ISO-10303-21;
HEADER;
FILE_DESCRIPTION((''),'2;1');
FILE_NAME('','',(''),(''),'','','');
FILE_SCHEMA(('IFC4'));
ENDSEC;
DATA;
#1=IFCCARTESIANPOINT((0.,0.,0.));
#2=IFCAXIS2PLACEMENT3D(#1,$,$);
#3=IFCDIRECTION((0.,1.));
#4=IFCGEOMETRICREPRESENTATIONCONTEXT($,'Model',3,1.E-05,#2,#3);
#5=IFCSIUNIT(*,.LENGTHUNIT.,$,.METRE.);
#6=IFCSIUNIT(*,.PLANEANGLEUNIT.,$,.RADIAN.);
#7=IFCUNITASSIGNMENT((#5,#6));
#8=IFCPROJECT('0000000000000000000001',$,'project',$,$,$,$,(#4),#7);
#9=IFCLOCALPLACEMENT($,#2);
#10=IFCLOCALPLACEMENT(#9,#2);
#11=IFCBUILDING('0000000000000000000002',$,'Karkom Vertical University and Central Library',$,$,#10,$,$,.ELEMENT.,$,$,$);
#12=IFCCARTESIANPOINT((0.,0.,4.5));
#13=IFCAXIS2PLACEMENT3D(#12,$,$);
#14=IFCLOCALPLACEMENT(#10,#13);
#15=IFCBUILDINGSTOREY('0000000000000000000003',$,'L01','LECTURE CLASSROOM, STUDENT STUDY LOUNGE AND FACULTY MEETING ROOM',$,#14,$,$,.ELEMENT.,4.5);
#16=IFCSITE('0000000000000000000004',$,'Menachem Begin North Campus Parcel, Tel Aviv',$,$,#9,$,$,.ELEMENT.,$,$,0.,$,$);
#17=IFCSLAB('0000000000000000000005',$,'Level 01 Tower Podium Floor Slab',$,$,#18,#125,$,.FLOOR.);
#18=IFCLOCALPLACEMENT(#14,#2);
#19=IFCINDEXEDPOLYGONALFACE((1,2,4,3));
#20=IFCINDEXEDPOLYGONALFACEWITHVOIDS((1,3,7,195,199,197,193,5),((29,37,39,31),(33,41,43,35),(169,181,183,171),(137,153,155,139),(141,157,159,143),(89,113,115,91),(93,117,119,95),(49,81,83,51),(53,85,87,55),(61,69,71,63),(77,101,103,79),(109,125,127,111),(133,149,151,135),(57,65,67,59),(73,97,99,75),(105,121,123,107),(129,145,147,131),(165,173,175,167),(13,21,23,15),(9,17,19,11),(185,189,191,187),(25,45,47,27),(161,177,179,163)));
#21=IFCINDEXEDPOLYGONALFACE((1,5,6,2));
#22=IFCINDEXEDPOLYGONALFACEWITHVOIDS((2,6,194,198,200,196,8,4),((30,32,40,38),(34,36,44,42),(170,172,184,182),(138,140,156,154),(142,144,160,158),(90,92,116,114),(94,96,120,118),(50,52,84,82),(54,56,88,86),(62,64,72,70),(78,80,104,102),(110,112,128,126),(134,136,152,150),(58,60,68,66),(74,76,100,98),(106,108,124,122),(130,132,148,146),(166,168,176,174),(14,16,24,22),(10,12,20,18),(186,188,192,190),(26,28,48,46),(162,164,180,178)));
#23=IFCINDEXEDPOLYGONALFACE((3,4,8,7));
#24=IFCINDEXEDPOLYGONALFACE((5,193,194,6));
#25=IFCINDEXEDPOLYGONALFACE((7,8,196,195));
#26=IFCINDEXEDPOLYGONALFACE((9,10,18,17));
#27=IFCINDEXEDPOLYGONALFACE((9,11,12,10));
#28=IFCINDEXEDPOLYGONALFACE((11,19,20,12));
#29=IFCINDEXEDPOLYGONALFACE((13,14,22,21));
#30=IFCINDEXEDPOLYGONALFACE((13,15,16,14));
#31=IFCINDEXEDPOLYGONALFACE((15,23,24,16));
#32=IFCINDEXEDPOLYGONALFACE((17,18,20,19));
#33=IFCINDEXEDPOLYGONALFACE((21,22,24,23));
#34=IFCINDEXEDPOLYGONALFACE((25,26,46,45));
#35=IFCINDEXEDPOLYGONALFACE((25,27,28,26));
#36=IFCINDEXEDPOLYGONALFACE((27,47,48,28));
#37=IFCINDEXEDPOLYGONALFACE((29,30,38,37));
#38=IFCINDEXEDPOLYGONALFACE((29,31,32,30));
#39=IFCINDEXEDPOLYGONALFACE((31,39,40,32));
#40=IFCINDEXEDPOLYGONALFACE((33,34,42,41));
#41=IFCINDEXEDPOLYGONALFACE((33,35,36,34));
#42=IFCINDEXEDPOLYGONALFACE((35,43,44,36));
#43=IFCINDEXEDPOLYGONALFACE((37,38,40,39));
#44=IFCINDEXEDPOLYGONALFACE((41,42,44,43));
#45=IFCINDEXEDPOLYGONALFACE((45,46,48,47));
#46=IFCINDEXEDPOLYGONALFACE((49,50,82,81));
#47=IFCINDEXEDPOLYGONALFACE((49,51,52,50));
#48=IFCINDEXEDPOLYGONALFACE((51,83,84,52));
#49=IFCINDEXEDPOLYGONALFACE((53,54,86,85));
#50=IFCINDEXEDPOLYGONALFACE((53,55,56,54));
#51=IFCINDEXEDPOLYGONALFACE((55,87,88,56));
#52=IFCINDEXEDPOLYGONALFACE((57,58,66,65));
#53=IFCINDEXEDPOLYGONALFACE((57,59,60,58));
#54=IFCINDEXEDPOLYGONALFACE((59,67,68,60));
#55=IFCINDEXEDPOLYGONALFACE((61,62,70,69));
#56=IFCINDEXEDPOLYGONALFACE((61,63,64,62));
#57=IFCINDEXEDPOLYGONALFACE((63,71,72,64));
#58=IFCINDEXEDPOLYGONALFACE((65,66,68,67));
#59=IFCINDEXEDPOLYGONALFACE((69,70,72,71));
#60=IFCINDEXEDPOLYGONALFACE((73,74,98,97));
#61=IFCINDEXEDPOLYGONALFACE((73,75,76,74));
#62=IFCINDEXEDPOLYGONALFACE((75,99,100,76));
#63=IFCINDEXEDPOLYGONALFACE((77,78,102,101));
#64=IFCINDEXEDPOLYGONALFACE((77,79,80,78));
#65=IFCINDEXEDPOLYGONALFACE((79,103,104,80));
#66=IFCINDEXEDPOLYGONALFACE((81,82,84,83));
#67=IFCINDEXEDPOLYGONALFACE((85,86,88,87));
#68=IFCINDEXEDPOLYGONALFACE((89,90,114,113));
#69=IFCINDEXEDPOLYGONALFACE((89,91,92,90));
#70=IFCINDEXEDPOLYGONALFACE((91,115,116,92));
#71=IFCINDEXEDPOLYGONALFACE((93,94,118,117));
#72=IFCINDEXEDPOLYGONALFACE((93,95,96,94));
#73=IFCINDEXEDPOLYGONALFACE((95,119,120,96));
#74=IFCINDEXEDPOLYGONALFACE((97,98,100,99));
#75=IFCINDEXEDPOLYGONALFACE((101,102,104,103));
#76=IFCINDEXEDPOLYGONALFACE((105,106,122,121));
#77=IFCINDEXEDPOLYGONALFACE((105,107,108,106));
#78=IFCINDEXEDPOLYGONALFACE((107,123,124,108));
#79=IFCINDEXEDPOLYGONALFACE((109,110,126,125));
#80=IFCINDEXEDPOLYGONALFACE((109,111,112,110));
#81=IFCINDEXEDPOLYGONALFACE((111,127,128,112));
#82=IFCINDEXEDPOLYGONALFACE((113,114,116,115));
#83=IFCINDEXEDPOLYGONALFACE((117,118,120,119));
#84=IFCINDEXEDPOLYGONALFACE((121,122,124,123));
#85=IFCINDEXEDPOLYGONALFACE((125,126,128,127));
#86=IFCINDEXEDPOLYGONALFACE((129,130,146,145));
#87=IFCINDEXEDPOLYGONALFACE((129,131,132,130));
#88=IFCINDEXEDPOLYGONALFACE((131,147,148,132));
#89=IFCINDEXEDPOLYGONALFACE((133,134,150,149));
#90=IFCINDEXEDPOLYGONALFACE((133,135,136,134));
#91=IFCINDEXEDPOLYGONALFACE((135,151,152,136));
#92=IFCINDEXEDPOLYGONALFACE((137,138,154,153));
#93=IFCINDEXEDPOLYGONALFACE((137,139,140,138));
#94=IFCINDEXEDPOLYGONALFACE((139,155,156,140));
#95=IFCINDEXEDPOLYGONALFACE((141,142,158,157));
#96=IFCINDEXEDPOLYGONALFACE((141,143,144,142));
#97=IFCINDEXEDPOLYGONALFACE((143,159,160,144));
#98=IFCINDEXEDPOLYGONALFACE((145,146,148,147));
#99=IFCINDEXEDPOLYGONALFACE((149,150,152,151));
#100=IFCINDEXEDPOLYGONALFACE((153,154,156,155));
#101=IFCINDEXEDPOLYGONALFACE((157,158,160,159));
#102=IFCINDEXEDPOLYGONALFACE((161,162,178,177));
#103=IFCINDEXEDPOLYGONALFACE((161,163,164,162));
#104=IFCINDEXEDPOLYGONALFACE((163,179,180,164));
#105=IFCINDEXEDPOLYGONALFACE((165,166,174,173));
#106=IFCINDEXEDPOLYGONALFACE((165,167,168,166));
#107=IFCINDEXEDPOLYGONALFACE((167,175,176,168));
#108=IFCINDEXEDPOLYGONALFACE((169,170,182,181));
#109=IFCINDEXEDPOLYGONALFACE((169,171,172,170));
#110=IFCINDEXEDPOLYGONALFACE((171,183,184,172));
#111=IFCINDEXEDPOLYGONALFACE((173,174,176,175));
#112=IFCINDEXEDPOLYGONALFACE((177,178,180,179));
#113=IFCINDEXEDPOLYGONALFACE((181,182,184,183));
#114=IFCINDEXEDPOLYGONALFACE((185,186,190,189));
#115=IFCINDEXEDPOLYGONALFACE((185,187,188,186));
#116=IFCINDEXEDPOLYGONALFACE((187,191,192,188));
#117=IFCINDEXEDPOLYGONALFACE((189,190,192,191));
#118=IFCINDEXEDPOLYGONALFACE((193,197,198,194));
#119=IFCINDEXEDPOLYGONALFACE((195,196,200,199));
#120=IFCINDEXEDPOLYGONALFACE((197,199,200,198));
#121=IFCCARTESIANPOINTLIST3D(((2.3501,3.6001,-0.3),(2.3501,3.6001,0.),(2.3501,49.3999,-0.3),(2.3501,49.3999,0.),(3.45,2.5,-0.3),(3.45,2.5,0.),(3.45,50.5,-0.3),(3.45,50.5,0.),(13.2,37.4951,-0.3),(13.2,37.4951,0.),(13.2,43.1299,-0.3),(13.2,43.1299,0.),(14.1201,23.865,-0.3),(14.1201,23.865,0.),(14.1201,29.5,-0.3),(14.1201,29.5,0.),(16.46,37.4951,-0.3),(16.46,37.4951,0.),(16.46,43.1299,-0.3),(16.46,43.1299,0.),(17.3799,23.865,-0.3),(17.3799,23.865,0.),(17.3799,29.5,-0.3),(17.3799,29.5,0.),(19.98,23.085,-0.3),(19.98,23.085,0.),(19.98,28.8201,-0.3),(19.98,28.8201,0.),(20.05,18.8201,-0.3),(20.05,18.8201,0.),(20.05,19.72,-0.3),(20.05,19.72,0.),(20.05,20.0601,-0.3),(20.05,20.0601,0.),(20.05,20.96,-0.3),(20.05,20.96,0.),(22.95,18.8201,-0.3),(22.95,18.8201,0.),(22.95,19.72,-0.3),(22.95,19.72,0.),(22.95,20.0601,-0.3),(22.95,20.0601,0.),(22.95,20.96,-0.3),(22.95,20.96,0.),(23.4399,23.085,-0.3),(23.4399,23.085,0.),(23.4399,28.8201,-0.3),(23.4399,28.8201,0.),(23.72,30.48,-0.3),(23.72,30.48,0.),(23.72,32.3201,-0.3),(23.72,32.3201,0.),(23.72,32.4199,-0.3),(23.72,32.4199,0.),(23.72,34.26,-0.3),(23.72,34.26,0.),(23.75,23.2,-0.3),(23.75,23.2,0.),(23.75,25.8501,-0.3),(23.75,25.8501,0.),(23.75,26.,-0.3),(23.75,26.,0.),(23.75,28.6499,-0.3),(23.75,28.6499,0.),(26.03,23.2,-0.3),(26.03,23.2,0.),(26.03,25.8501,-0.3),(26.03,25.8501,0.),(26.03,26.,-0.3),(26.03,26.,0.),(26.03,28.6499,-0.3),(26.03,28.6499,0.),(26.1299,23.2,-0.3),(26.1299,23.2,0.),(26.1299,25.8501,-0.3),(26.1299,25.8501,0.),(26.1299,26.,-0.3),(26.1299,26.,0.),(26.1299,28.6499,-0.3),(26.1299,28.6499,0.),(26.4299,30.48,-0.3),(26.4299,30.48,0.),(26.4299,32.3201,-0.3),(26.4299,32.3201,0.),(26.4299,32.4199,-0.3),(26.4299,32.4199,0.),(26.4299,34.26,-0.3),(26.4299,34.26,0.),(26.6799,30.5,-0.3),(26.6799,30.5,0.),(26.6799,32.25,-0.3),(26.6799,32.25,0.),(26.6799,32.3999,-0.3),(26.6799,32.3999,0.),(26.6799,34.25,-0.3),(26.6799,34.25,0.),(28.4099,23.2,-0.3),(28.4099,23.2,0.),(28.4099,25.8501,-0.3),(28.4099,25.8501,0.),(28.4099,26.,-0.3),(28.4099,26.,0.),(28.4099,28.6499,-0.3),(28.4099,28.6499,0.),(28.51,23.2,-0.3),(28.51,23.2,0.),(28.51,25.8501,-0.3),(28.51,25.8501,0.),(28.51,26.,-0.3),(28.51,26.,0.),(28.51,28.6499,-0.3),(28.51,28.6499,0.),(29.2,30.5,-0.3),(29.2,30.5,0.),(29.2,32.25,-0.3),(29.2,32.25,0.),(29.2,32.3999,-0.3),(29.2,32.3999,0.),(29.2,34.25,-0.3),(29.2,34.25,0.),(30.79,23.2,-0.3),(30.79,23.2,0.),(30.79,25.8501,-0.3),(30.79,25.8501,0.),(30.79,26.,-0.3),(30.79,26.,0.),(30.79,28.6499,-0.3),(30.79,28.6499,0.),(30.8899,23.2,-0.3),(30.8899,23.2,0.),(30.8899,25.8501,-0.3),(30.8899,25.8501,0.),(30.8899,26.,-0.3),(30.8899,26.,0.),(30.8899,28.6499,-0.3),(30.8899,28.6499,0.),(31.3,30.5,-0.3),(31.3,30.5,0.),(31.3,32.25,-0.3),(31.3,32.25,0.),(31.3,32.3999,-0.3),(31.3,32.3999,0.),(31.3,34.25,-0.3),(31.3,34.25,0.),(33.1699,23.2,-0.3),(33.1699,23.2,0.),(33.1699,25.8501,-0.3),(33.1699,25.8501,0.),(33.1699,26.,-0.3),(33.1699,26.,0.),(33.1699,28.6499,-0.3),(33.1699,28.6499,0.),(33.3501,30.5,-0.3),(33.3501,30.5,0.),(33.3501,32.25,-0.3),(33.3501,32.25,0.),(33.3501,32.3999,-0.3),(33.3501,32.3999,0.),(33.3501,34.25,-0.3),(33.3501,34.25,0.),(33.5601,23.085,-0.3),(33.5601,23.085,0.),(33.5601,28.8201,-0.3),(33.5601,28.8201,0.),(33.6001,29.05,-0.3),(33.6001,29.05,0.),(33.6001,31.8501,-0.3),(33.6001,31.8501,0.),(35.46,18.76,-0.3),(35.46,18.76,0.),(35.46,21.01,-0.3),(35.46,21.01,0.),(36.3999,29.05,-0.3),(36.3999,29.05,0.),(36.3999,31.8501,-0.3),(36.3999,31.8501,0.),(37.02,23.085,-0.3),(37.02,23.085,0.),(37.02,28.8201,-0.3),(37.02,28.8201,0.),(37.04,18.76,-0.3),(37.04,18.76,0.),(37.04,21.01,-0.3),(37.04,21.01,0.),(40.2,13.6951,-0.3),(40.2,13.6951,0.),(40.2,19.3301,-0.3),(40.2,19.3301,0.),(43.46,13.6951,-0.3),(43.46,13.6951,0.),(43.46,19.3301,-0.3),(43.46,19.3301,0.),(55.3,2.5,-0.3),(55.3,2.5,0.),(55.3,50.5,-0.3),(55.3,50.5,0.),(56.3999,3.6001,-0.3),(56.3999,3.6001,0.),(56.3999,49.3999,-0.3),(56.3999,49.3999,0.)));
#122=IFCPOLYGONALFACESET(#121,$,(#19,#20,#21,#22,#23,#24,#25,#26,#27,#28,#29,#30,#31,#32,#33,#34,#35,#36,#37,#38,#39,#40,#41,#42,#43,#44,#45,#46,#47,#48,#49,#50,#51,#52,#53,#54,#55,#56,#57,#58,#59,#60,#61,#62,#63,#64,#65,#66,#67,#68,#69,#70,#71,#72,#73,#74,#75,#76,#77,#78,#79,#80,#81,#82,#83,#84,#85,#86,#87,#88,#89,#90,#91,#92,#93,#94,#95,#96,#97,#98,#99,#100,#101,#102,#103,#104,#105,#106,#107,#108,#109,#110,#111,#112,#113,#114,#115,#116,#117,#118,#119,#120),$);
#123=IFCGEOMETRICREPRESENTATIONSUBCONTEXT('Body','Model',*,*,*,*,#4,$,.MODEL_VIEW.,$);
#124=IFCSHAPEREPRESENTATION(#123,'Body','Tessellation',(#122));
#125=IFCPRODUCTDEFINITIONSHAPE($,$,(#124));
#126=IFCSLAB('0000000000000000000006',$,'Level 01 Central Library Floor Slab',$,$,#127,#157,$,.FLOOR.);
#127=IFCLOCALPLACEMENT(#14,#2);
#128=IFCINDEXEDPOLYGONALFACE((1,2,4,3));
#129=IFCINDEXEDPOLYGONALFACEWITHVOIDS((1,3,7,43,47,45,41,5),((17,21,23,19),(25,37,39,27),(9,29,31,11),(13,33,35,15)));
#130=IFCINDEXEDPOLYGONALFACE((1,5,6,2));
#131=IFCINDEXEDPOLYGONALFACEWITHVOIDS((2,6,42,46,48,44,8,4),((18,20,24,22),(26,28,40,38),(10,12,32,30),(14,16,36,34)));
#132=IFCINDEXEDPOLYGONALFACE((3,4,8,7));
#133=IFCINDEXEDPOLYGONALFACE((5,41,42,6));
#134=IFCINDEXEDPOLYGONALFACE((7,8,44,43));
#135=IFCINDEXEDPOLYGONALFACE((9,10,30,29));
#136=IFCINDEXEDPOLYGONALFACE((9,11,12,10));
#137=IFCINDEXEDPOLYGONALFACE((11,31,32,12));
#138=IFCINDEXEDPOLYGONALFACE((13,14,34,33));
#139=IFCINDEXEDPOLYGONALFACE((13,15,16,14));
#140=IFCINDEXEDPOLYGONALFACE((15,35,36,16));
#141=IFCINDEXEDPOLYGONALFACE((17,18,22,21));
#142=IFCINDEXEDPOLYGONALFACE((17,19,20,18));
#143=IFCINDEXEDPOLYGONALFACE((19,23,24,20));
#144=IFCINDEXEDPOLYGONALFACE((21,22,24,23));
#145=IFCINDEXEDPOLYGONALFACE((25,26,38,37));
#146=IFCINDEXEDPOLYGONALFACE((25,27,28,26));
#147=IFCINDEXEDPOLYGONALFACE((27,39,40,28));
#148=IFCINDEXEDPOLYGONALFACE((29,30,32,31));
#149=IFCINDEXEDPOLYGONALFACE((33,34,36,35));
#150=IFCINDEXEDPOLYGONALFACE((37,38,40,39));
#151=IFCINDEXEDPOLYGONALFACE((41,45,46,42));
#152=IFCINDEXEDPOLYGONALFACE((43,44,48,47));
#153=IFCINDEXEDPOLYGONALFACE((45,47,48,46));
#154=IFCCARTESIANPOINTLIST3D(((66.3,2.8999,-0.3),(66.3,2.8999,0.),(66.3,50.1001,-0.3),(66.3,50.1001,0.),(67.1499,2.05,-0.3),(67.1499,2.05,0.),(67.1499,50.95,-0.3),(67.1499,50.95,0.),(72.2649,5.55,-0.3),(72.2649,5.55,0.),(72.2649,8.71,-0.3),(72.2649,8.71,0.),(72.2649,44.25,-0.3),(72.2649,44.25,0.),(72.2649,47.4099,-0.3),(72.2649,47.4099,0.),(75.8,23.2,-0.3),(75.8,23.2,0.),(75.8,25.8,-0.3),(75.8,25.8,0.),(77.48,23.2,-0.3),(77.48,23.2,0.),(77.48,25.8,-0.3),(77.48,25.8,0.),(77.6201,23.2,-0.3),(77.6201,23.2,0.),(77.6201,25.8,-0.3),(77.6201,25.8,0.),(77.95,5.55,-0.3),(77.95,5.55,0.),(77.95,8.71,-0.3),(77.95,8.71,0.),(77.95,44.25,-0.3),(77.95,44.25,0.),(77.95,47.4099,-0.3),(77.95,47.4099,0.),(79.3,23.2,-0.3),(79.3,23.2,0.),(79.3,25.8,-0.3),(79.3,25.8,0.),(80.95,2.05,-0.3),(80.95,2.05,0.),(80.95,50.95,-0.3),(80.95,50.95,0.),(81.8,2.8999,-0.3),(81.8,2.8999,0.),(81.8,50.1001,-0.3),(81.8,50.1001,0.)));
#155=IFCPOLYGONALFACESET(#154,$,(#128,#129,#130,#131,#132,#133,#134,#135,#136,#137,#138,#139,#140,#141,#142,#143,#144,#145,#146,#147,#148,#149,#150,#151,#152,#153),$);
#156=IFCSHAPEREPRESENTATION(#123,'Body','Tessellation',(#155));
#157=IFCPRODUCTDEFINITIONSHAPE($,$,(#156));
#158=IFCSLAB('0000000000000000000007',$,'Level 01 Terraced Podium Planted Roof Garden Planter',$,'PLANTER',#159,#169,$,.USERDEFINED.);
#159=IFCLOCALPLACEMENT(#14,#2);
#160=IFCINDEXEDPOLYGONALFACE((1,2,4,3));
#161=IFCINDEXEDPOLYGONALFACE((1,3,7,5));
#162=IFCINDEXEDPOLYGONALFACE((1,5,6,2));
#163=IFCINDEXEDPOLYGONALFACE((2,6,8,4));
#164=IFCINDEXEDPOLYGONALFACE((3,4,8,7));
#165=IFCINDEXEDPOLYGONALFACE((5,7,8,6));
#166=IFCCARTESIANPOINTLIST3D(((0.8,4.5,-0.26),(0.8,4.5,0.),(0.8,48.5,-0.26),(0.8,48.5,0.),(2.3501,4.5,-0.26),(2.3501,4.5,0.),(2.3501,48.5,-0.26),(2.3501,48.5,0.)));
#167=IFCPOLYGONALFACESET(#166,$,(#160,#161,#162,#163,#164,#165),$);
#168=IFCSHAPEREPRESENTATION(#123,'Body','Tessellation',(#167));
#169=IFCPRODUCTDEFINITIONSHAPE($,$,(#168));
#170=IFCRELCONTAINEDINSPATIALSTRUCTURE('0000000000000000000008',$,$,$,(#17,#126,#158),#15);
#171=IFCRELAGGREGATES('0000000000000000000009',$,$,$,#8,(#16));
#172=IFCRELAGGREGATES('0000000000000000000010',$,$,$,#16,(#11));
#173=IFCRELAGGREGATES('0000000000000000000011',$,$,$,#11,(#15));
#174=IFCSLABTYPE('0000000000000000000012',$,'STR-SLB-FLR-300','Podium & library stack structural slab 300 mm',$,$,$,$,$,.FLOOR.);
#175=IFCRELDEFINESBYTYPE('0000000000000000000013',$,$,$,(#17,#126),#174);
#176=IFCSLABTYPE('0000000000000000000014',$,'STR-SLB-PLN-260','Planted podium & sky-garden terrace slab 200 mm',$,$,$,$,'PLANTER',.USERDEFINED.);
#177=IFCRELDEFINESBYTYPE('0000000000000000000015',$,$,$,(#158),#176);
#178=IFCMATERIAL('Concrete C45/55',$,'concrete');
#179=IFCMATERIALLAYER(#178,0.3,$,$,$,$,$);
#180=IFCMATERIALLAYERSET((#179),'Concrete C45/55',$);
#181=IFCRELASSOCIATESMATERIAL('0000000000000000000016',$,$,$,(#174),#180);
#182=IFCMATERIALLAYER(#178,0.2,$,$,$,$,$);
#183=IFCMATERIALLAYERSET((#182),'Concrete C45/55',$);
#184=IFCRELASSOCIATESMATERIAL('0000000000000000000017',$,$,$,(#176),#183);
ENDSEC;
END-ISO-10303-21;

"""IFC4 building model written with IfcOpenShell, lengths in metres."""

from ifc_helpers import new_model, si_unit, direction, frame, origin, place, context, subcontext, project, spatial, polyline, outline, extrude, material, layer, layer_set, type_object, element, save


model = new_model("IFC4")

# Units and contexts
model_context = context("Model", 3, precision=1e-05, world=origin(), true_north=direction((0.0, 1.0)))
body_context = subcontext(model_context, "Body", "Model", "MODEL_VIEW")
ifc_project = project(units=[si_unit("LENGTHUNIT", "METRE"), si_unit("PLANEANGLEUNIT", "RADIAN")], contexts=[model_context])

# Site, building, storey
site_placement = place(None, origin())
site = spatial("IfcSite", under=ifc_project, at=site_placement, Name="Menachem Begin North Campus Parcel, Tel Aviv", CompositionType="ELEMENT", RefElevation=0.0)
building_placement = place(site_placement, origin())
building = spatial("IfcBuilding", under=site, at=building_placement, Name="Karkom Vertical University and Central Library", CompositionType="ELEMENT")
storey_placement = place(building_placement, frame((0.0, 0.0, 4.5)))
storey = spatial("IfcBuildingStorey", under=building, at=storey_placement, Name="L01", Description="LECTURE CLASSROOM, STUDENT STUDY LOUNGE AND FACULTY MEETING ROOM", CompositionType="ELEMENT", Elevation=4.5)

# Shared definitions
ifc_material_1 = material(Name="Concrete C45/55", Category="concrete")

# Slabs
ifc_layer_1 = layer(ifc_material_1, 0.3)
ifc_layer_set_1 = layer_set([ifc_layer_1], Name="Concrete C45/55")
slab_type_1 = type_object("IfcSlabType", Name="STR-SLB-FLR-300", Description="Podium & library stack structural slab 300 mm", PredefinedType="FLOOR", material=ifc_layer_set_1)
slab_1_placement = place(storey_placement, frame((0.0, 0.0, -0.3)))
element("IfcSlab", 1, at=slab_1_placement, inside=storey, type_object=slab_type_1, Name="Level 01 Tower Podium Floor Slab", PredefinedType="FLOOR", context=body_context, shape_type="SweptSolid", body=[
    extrude(outline(polyline([(3.45, 2.5), (55.3, 2.5), (56.3999, 3.6001), (56.3999, 49.3999), (55.3, 50.5), (3.45, 50.5), (2.3501, 49.3999), (2.3501, 3.6001), (3.45, 2.5)]), holes=[polyline([(19.98, 23.085), (23.4399, 23.085), (23.4399, 28.8201), (19.98, 28.8201), (19.98, 23.085)]), polyline([(33.5601, 23.085), (37.02, 23.085), (37.02, 28.8201), (33.5601, 28.8201), (33.5601, 23.085)]), polyline([(14.1201, 23.865), (17.3799, 23.865), (17.3799, 29.5), (14.1201, 29.5), (14.1201, 23.865)]), polyline([(40.2, 13.6951), (43.46, 13.6951), (43.46, 19.3301), (40.2, 19.3301), (40.2, 13.6951)]), polyline([(13.2, 37.4951), (16.46, 37.4951), (16.46, 43.1299), (13.2, 43.1299), (13.2, 37.4951)]), polyline([(23.75, 23.2), (26.03, 23.2), (26.03, 25.8501), (23.75, 25.8501), (23.75, 23.2)]), polyline([(26.1299, 23.2), (28.4099, 23.2), (28.4099, 25.8501), (26.1299, 25.8501), (26.1299, 23.2)]), polyline([(28.51, 23.2), (30.79, 23.2), (30.79, 25.8501), (28.51, 25.8501), (28.51, 23.2)]), polyline([(30.8899, 23.2), (33.1699, 23.2), (33.1699, 25.8501), (30.8899, 25.8501), (30.8899, 23.2)]), polyline([(23.75, 26.0), (26.03, 26.0), (26.03, 28.6499), (23.75, 28.6499), (23.75, 26.0)]), polyline([(26.1299, 26.0), (28.4099, 26.0), (28.4099, 28.6499), (26.1299, 28.6499), (26.1299, 26.0)]), polyline([(28.51, 26.0), (30.79, 26.0), (30.79, 28.6499), (28.51, 28.6499), (28.51, 26.0)]), polyline([(30.8899, 26.0), (33.1699, 26.0), (33.1699, 28.6499), (30.8899, 28.6499), (30.8899, 26.0)]), polyline([(26.6799, 30.5), (29.2, 30.5), (29.2, 32.25), (26.6799, 32.25), (26.6799, 30.5)]), polyline([(26.6799, 32.3999), (29.2, 32.3999), (29.2, 34.25), (26.6799, 34.25), (26.6799, 32.3999)]), polyline([(31.3, 30.5), (33.3501, 30.5), (33.3501, 32.25), (31.3, 32.25), (31.3, 30.5)]), polyline([(31.3, 32.3999), (33.3501, 32.3999), (33.3501, 34.25), (31.3, 34.25), (31.3, 32.3999)]), polyline([(23.72, 30.48), (26.4299, 30.48), (26.4299, 32.3201), (23.72, 32.3201), (23.72, 30.48)]), polyline([(23.72, 32.4199), (26.4299, 32.4199), (26.4299, 34.26), (23.72, 34.26), (23.72, 32.4199)]), polyline([(33.6001, 29.05), (36.3999, 29.05), (36.3999, 31.8501), (33.6001, 31.8501), (33.6001, 29.05)]), polyline([(20.05, 18.8201), (22.95, 18.8201), (22.95, 19.72), (20.05, 19.72), (20.05, 18.8201)]), polyline([(20.05, 20.0601), (22.95, 20.0601), (22.95, 20.96), (20.05, 20.96), (20.05, 20.0601)]), polyline([(35.46, 18.76), (37.04, 18.76), (37.04, 21.01), (35.46, 21.01), (35.46, 18.76)])]), origin(), (0.0, 0.0, 1.0), 0.3),
])
slab_2_placement = place(storey_placement, frame((0.0, 0.0, -0.3)))
element("IfcSlab", 2, at=slab_2_placement, inside=storey, type_object=slab_type_1, Name="Level 01 Central Library Floor Slab", PredefinedType="FLOOR", context=body_context, shape_type="SweptSolid", body=[
    extrude(outline(polyline([(67.1499, 2.05), (80.95, 2.05), (81.8, 2.8999), (81.8, 50.1001), (80.95, 50.95), (67.1499, 50.95), (66.3, 50.1001), (66.3, 2.8999), (67.1499, 2.05)]), holes=[polyline([(72.2649, 5.55), (77.95, 5.55), (77.95, 8.71), (72.2649, 8.71), (72.2649, 5.55)]), polyline([(72.2649, 44.25), (77.95, 44.25), (77.95, 47.4099), (72.2649, 47.4099), (72.2649, 44.25)]), polyline([(75.8, 23.2), (77.48, 23.2), (77.48, 25.8), (75.8, 25.8), (75.8, 23.2)]), polyline([(77.6201, 23.2), (79.3, 23.2), (79.3, 25.8), (77.6201, 25.8), (77.6201, 23.2)])]), origin(), (0.0, 0.0, 1.0), 0.3),
])
ifc_layer_2 = layer(ifc_material_1, 0.2)
ifc_layer_set_2 = layer_set([ifc_layer_2], Name="Concrete C45/55")
slab_type_2 = type_object("IfcSlabType", Name="STR-SLB-PLN-260", Description="Planted podium & sky-garden terrace slab 200 mm", ElementType="PLANTER", PredefinedType="USERDEFINED", material=ifc_layer_set_2)
slab_3_placement = place(storey_placement, frame((0.0, 0.0, -0.26)))
element("IfcSlab", 3, at=slab_3_placement, inside=storey, type_object=slab_type_2, Name="Level 01 Terraced Podium Planted Roof Garden Planter", ObjectType="PLANTER", PredefinedType="USERDEFINED", context=body_context, shape_type="SweptSolid", body=[
    extrude(outline(polyline([(0.8, 4.5), (2.3501, 4.5), (2.3501, 48.5), (0.8, 48.5), (0.8, 4.5)])), origin(), (0.0, 0.0, 1.0), 0.26),
])

save(model, "model.ifc")
